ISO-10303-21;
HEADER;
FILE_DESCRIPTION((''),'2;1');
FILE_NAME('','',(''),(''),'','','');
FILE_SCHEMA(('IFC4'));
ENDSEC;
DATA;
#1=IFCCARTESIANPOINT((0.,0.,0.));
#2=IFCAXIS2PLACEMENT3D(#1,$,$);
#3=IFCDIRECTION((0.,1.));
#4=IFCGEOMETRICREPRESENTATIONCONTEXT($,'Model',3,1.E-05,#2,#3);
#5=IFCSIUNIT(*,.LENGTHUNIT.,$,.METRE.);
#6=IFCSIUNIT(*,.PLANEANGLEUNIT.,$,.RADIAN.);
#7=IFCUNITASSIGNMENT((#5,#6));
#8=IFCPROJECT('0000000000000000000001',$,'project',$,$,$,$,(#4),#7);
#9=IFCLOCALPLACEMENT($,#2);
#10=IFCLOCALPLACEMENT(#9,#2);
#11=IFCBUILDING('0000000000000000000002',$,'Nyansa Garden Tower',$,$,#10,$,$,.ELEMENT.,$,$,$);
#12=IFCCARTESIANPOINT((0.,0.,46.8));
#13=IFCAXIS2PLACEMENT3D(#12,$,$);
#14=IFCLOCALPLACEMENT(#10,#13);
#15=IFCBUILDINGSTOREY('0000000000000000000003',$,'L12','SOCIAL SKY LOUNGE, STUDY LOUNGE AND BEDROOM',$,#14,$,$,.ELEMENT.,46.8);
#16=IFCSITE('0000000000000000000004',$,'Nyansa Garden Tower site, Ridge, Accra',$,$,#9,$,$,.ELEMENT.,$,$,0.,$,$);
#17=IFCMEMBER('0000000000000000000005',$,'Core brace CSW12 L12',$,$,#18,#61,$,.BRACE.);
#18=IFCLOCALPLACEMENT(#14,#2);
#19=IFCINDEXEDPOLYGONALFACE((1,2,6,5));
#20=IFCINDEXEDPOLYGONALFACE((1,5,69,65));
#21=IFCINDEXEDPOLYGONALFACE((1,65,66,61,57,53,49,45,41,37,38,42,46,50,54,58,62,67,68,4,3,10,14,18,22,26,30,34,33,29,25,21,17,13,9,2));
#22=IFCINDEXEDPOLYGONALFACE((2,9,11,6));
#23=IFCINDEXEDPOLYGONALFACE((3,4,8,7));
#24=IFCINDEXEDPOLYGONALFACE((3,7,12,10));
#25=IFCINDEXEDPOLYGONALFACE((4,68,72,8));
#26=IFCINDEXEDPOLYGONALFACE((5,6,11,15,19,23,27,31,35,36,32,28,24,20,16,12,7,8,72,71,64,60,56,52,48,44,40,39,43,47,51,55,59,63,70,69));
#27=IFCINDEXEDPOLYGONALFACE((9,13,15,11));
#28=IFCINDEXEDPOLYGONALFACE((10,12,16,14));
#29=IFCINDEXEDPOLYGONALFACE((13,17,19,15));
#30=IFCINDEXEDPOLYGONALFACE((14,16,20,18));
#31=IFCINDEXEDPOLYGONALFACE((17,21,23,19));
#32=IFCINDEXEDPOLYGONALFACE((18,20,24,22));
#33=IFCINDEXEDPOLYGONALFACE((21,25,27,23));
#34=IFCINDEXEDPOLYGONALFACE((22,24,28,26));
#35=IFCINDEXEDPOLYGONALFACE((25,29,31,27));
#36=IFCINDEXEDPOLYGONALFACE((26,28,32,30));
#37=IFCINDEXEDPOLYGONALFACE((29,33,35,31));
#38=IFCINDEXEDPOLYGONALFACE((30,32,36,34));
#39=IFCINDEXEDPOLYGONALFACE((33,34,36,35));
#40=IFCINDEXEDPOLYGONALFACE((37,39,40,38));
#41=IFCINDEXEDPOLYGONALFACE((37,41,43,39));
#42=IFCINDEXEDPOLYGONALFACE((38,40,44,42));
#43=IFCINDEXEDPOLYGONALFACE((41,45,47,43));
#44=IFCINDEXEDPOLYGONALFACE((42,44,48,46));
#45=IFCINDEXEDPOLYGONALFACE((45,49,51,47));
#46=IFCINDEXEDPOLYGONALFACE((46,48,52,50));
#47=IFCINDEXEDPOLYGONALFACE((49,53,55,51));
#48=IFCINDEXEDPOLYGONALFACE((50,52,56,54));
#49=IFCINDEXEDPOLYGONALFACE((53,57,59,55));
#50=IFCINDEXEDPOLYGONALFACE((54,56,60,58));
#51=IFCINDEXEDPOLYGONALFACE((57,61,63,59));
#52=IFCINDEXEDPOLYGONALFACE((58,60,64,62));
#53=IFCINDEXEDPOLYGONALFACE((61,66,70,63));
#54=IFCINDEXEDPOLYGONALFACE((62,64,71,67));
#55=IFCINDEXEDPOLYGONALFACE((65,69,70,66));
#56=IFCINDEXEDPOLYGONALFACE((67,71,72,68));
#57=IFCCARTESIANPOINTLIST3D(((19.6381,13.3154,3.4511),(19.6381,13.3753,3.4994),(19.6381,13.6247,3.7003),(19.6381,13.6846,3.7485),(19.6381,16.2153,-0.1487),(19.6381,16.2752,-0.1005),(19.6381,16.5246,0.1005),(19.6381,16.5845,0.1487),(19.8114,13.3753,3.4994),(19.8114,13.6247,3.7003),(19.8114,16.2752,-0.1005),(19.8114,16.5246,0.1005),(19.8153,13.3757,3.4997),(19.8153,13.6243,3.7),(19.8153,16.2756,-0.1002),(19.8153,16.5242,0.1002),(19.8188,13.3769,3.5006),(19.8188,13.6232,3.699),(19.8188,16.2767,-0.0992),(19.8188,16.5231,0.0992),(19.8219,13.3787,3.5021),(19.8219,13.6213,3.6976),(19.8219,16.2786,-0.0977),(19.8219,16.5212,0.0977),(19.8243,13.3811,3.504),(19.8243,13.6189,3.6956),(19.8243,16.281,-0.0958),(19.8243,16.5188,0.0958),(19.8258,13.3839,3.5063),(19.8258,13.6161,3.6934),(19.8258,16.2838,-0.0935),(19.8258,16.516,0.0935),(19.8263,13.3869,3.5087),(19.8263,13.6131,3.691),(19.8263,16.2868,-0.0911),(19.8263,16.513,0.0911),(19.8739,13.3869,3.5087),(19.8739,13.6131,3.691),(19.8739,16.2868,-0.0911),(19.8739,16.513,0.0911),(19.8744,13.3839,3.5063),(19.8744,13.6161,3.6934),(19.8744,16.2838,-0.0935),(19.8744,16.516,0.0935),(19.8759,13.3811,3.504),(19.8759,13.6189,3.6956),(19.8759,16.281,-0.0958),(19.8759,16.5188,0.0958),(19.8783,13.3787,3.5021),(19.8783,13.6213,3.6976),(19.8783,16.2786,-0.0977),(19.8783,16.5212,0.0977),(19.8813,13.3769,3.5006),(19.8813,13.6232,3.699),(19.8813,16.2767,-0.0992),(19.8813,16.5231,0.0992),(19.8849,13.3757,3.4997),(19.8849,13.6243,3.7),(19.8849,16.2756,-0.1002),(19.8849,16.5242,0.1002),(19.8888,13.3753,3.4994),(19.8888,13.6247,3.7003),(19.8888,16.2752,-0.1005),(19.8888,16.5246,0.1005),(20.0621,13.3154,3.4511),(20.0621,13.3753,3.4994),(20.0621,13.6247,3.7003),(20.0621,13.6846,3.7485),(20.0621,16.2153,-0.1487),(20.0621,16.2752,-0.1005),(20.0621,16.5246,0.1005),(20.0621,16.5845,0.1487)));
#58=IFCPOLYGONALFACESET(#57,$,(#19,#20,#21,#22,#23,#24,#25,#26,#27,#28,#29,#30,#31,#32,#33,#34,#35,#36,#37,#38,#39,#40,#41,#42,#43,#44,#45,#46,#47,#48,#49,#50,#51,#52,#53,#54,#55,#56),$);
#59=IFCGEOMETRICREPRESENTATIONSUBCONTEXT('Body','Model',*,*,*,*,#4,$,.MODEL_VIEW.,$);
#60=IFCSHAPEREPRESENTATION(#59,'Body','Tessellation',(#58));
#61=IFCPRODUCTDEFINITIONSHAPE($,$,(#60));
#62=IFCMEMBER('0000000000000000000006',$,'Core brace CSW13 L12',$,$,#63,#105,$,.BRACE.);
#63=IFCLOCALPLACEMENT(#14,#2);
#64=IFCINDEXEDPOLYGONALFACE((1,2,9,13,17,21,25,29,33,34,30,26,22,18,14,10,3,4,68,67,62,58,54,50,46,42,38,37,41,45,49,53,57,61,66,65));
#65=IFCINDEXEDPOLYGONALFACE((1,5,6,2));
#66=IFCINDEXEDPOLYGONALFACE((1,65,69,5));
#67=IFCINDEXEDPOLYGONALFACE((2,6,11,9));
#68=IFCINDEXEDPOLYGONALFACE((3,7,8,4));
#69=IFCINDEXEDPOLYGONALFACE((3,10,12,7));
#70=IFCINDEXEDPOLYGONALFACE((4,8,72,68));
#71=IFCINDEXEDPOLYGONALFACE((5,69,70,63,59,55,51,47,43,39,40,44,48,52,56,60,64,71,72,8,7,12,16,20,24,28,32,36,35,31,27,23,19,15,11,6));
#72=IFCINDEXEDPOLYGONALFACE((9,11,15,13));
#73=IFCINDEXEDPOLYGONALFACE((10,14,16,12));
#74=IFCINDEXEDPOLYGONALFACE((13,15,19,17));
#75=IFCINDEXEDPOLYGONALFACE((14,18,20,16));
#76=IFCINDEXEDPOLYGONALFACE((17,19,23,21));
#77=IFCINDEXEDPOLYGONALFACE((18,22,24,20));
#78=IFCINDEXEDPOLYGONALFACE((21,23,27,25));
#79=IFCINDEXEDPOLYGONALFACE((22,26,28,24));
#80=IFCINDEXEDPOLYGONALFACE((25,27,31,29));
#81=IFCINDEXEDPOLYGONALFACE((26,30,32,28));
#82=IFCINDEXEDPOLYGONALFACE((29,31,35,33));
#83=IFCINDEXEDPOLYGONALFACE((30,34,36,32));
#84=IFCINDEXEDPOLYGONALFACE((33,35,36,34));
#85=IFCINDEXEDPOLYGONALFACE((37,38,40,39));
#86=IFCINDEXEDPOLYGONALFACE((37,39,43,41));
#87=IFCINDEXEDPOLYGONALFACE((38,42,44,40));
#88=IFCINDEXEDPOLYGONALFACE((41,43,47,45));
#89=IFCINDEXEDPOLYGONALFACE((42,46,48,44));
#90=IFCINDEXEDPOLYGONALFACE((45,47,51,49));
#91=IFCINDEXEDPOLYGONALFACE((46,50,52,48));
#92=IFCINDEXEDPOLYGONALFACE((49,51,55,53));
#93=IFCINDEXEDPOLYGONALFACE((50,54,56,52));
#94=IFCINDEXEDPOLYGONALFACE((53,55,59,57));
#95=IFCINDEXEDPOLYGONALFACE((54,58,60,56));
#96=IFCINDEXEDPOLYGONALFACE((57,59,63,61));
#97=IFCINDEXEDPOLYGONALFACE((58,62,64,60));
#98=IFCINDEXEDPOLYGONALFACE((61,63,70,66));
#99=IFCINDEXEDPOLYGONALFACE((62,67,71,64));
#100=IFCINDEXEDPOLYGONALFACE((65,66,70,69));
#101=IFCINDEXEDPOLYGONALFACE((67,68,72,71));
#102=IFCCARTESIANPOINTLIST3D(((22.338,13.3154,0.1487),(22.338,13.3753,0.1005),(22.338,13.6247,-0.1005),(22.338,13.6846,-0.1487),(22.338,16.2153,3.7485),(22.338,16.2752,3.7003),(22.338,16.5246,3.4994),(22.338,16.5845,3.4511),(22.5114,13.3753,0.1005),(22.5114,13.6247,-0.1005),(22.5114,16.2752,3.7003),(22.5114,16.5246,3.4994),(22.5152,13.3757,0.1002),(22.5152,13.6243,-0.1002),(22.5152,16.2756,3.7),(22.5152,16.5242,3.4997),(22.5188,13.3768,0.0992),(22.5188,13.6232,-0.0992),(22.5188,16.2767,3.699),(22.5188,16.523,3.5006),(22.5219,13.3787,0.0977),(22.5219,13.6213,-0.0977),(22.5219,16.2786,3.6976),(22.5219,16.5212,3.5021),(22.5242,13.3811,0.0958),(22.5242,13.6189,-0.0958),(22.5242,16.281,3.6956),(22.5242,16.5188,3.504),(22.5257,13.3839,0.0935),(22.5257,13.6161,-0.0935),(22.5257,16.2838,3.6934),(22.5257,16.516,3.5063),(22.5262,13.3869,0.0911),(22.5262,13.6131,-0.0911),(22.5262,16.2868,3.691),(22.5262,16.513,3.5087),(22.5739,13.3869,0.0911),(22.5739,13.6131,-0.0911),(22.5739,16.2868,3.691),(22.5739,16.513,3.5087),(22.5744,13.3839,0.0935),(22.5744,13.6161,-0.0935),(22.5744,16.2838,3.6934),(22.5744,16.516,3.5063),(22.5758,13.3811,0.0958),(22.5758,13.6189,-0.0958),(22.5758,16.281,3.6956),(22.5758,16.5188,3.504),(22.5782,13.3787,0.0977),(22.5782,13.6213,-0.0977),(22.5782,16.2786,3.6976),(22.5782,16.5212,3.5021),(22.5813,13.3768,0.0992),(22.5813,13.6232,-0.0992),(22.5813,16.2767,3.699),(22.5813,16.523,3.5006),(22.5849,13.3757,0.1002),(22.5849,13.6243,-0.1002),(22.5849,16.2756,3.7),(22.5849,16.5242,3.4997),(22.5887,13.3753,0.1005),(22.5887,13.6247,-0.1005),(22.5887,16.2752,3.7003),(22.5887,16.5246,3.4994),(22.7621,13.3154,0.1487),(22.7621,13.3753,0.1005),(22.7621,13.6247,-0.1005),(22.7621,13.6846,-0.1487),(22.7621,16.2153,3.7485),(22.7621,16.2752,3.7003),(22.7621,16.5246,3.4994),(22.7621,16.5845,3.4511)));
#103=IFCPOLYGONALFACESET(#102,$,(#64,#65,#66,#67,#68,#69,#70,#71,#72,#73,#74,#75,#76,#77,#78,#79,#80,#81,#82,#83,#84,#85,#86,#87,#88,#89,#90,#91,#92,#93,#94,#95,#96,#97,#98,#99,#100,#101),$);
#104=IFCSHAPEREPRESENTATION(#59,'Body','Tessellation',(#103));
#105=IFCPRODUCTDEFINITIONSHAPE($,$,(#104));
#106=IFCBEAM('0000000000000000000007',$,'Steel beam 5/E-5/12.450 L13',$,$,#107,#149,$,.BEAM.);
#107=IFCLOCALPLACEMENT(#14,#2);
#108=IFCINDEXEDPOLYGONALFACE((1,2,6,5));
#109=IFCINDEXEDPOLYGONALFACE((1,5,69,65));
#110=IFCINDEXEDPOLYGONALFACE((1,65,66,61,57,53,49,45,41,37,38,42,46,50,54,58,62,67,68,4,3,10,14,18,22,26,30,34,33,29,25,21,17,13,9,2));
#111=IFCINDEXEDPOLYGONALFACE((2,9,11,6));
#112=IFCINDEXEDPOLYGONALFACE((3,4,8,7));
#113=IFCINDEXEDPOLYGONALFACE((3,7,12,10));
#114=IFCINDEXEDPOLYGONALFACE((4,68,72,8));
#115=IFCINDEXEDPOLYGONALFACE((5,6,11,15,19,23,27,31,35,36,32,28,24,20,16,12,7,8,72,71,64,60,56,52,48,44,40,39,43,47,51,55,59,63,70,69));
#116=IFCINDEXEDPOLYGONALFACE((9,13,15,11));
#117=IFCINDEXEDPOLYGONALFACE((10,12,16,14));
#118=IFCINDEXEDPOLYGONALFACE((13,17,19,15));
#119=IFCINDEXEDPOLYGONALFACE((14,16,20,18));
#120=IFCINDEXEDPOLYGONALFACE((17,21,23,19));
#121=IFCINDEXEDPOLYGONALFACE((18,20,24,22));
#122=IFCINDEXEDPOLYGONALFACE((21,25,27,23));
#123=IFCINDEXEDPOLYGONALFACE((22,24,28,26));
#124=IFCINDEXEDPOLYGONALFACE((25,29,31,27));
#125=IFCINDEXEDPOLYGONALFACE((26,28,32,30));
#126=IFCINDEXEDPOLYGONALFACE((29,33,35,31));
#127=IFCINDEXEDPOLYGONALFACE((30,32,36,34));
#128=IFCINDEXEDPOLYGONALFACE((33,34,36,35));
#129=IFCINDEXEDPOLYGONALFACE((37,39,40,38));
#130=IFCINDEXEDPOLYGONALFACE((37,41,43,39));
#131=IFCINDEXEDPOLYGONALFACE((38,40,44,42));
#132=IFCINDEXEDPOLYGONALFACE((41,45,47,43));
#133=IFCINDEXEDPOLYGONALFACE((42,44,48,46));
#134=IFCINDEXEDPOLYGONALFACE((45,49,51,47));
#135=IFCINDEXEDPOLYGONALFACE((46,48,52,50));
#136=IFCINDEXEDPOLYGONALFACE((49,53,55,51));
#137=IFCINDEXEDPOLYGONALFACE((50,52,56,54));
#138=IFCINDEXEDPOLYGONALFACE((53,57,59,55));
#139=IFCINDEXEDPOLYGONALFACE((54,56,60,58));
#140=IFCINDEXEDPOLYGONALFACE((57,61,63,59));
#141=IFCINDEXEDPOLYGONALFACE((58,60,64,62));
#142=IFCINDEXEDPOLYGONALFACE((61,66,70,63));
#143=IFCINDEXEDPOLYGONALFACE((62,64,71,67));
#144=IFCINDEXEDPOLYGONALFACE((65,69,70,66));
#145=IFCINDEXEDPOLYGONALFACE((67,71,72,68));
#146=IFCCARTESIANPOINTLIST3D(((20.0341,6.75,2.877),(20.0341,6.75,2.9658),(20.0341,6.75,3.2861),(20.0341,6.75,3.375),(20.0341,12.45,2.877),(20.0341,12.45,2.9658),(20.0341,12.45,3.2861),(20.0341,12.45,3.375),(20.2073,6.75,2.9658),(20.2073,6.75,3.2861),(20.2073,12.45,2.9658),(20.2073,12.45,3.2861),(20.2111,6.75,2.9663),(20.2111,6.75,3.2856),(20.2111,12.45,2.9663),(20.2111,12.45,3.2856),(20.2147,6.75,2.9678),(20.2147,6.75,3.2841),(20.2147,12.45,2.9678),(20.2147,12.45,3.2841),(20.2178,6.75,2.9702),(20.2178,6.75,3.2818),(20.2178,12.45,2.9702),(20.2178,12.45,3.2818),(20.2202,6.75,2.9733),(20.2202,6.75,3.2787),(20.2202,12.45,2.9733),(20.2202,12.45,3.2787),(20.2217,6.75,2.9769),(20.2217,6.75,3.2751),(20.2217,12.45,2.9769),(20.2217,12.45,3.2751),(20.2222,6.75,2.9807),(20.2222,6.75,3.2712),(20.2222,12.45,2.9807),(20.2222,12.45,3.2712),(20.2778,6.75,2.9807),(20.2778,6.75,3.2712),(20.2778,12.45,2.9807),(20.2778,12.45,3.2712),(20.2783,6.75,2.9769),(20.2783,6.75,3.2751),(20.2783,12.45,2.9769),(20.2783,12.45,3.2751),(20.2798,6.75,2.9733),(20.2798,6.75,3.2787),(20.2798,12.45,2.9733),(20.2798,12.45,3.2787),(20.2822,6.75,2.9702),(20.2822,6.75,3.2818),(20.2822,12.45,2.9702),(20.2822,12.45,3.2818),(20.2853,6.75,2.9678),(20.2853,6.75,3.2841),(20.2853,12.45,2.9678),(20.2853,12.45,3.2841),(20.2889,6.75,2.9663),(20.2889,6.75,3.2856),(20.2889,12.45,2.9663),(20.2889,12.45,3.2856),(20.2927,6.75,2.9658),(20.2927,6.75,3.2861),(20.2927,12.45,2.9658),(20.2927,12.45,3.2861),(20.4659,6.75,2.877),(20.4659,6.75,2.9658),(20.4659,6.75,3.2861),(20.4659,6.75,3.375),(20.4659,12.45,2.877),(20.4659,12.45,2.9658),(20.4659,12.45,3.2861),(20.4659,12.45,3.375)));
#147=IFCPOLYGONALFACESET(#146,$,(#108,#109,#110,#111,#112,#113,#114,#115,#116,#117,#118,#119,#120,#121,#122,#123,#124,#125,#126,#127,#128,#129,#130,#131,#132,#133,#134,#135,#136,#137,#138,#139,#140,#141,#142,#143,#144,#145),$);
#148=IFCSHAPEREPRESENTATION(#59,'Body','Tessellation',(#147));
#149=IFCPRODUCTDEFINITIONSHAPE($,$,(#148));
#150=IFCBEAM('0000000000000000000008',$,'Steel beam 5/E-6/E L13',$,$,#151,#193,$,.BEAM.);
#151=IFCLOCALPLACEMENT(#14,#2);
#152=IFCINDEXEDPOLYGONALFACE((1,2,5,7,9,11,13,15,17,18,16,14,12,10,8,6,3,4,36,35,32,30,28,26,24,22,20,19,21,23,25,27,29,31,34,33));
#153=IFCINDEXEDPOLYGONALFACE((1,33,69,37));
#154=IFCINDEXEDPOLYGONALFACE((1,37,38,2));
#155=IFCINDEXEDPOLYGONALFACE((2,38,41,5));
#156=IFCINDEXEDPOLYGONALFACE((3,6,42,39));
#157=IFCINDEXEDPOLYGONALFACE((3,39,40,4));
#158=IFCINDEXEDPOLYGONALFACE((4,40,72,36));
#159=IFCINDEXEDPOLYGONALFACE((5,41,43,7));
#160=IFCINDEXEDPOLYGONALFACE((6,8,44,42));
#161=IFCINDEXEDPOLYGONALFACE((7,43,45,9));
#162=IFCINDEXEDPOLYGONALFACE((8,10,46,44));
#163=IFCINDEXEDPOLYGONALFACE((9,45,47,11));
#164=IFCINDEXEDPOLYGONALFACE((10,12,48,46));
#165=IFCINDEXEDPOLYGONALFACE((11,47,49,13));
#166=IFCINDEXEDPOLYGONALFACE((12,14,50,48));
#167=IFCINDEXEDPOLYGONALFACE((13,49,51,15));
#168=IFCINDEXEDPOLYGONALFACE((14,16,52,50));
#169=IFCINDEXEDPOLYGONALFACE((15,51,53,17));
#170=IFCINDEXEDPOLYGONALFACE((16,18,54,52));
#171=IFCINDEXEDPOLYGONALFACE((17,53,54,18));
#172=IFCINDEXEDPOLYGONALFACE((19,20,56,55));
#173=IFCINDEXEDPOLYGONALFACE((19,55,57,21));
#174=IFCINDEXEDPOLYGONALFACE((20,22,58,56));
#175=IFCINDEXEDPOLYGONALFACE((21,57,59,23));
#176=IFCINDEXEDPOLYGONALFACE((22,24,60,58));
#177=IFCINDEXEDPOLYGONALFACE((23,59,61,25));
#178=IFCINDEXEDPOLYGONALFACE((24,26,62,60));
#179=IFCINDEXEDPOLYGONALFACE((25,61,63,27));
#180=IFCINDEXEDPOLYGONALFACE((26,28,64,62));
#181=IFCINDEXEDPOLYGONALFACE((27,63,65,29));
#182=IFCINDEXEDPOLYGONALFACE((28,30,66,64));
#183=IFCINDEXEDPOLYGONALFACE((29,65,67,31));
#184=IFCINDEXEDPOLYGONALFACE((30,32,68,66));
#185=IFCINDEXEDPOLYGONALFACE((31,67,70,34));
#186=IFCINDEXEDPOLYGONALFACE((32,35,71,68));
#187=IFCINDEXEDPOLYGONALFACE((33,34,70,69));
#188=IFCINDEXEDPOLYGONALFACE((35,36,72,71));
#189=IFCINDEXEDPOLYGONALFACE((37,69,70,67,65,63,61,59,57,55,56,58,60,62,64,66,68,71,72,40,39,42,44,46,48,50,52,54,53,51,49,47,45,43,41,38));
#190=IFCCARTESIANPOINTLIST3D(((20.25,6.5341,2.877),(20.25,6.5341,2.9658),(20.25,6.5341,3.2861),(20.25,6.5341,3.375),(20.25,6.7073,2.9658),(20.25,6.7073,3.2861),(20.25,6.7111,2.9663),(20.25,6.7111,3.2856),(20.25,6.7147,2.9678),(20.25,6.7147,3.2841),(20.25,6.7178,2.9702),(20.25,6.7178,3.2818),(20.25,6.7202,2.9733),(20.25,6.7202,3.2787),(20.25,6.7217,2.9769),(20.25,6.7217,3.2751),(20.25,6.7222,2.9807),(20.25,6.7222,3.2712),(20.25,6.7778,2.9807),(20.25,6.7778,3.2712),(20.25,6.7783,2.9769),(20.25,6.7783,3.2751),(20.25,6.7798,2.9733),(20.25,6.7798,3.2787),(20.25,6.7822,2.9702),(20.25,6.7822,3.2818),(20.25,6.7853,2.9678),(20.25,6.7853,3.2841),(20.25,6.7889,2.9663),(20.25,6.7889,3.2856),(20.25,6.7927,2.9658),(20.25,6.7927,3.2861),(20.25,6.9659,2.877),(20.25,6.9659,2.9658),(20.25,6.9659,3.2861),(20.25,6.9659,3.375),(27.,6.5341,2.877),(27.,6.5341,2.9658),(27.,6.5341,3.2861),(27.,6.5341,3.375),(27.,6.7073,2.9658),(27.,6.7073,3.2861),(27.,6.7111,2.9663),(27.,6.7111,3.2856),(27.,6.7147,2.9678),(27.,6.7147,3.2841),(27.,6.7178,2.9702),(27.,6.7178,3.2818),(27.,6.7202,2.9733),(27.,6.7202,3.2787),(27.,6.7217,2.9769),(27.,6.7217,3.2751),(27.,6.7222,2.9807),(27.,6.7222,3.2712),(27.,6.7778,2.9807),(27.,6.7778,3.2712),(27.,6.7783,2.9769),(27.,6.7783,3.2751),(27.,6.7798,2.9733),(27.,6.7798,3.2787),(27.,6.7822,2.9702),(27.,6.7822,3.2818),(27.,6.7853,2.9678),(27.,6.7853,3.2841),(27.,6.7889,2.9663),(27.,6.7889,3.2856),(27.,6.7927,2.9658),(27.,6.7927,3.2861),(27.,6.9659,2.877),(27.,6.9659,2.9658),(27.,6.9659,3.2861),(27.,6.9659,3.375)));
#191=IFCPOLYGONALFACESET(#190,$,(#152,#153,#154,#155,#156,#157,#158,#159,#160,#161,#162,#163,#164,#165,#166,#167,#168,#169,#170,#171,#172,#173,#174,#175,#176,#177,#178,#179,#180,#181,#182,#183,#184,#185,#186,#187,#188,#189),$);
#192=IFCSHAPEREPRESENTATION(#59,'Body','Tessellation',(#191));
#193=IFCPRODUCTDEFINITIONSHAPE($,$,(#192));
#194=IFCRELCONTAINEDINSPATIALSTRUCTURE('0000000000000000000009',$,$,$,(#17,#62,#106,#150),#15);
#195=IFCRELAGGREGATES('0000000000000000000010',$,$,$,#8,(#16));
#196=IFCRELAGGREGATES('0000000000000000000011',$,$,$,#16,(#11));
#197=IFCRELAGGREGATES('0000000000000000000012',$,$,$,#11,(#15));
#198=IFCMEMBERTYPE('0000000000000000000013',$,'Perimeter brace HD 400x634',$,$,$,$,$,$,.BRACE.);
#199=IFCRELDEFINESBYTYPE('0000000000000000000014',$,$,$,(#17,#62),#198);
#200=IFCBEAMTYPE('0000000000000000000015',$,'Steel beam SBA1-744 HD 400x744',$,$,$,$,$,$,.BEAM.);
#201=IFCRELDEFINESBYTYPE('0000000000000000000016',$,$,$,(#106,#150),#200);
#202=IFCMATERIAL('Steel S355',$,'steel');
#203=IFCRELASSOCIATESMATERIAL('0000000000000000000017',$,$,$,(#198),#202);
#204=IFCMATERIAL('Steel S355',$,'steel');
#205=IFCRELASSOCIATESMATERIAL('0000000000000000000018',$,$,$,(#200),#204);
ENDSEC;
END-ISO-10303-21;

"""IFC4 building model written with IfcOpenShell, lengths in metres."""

from ifc_helpers import new_model, si_unit, direction, frame, origin, origin_2d, place, context, subcontext, project, spatial, i_section, extrude, material, material_profile, profile_set, type_object, element, save


model = new_model("IFC4")

# Units and contexts
model_context = context("Model", 3, precision=1e-05, world=origin(), true_north=direction((0.0, 1.0)))
body_context = subcontext(model_context, "Body", "Model", "MODEL_VIEW")
ifc_project = project(units=[si_unit("LENGTHUNIT", "METRE"), si_unit("PLANEANGLEUNIT", "RADIAN")], contexts=[model_context])

# Site, building, storey
site_placement = place(None, origin())
site = spatial("IfcSite", under=ifc_project, at=site_placement, Name="Nyansa Garden Tower site, Ridge, Accra", CompositionType="ELEMENT", RefElevation=0.0)
building_placement = place(site_placement, origin())
building = spatial("IfcBuilding", under=site, at=building_placement, Name="Nyansa Garden Tower", CompositionType="ELEMENT")
storey_placement = place(building_placement, frame((0.0, 0.0, 46.8)))
storey = spatial("IfcBuildingStorey", under=building, at=storey_placement, Name="L12", Description="SOCIAL SKY LOUNGE, STUDY LOUNGE AND BEDROOM", CompositionType="ELEMENT", Elevation=46.8)

# Members
ifc_material_1 = material(Name="Steel S355", Category="steel")
ifc_material_profile_1 = material_profile(ifc_material_1, i_section(OverallWidth=0.4241, OverallDepth=0.4741, WebThickness=0.0476, FlangeThickness=0.0769, FilletRadius=0.0149, at=origin_2d()), Name="HD 400x634")
ifc_profile_set_1 = profile_set([ifc_material_profile_1], Name="Steel S355")
member_type = type_object("IfcMemberType", Name="Perimeter brace HD 400x634", PredefinedType="BRACE", material=ifc_profile_set_1)
for number, where, z_axis, x_axis, name in (
    (1, (19.8501, 16.3999, 0.0), (0.0, -0.627332, 0.778752), (1.0, 0.0, 0.0), "Core brace CSW12 L12"),
    (2, (22.55, 13.5, 0.0), (0.0, 0.627332, 0.778752), (-1.0, 0.0, 0.0), "Core brace CSW13 L12"),
):
    element("IfcMember", number, at=place(storey_placement, frame(where, z_axis=z_axis, x_axis=x_axis)), inside=storey, type_object=member_type, Name=name, PredefinedType="BRACE", context=body_context, shape_type="SweptSolid", body=[
        extrude(i_section(OverallWidth=0.4241, OverallDepth=0.4741, WebThickness=0.0476, FlangeThickness=0.0769, FilletRadius=0.0149, at=origin_2d()), origin(), (0.0, 0.0, 1.0), 4.6226),
    ])

# Beams
ifc_material_2 = material(Name="Steel S355", Category="steel")
ifc_material_profile_2 = material_profile(ifc_material_2, i_section(OverallWidth=0.4319, OverallDepth=0.498, WebThickness=0.0557, FlangeThickness=0.0889, FilletRadius=0.0149, at=origin_2d()), Name="HD 400x744")
ifc_profile_set_2 = profile_set([ifc_material_profile_2], Name="Steel S355")
beam_type_1 = type_object("IfcBeamType", Name="Steel beam SBA1-744 HD 400x744", PredefinedType="BEAM", material=ifc_profile_set_2)
beam_1_placement = place(storey_placement, frame((20.25, 6.75, 3.126), z_axis=(0.0, 1.0, 0.0), x_axis=(-1.0, 0.0, 0.0)))
element("IfcBeam", 3, at=beam_1_placement, inside=storey, type_object=beam_type_1, Name="Steel beam 5/E-5/12.450 L13", PredefinedType="BEAM", context=body_context, shape_type="SweptSolid", body=[
    extrude(i_section(OverallWidth=0.4319, OverallDepth=0.498, WebThickness=0.0557, FlangeThickness=0.0889, FilletRadius=0.0149, at=origin_2d()), origin(), (0.0, 0.0, 1.0), 5.7),
])
beam_2_placement = place(storey_placement, frame((20.25, 6.75, 3.126), z_axis=(1.0, 0.0, 0.0), x_axis=(0.0, 1.0, 0.0)))
element("IfcBeam", 4, at=beam_2_placement, inside=storey, type_object=beam_type_1, Name="Steel beam 5/E-6/E L13", PredefinedType="BEAM", context=body_context, shape_type="SweptSolid", body=[
    extrude(i_section(OverallWidth=0.4319, OverallDepth=0.498, WebThickness=0.0557, FlangeThickness=0.0889, FilletRadius=0.0149, at=origin_2d()), origin(), (0.0, 0.0, 1.0), 6.75),
])

save(model, "model.ifc")
